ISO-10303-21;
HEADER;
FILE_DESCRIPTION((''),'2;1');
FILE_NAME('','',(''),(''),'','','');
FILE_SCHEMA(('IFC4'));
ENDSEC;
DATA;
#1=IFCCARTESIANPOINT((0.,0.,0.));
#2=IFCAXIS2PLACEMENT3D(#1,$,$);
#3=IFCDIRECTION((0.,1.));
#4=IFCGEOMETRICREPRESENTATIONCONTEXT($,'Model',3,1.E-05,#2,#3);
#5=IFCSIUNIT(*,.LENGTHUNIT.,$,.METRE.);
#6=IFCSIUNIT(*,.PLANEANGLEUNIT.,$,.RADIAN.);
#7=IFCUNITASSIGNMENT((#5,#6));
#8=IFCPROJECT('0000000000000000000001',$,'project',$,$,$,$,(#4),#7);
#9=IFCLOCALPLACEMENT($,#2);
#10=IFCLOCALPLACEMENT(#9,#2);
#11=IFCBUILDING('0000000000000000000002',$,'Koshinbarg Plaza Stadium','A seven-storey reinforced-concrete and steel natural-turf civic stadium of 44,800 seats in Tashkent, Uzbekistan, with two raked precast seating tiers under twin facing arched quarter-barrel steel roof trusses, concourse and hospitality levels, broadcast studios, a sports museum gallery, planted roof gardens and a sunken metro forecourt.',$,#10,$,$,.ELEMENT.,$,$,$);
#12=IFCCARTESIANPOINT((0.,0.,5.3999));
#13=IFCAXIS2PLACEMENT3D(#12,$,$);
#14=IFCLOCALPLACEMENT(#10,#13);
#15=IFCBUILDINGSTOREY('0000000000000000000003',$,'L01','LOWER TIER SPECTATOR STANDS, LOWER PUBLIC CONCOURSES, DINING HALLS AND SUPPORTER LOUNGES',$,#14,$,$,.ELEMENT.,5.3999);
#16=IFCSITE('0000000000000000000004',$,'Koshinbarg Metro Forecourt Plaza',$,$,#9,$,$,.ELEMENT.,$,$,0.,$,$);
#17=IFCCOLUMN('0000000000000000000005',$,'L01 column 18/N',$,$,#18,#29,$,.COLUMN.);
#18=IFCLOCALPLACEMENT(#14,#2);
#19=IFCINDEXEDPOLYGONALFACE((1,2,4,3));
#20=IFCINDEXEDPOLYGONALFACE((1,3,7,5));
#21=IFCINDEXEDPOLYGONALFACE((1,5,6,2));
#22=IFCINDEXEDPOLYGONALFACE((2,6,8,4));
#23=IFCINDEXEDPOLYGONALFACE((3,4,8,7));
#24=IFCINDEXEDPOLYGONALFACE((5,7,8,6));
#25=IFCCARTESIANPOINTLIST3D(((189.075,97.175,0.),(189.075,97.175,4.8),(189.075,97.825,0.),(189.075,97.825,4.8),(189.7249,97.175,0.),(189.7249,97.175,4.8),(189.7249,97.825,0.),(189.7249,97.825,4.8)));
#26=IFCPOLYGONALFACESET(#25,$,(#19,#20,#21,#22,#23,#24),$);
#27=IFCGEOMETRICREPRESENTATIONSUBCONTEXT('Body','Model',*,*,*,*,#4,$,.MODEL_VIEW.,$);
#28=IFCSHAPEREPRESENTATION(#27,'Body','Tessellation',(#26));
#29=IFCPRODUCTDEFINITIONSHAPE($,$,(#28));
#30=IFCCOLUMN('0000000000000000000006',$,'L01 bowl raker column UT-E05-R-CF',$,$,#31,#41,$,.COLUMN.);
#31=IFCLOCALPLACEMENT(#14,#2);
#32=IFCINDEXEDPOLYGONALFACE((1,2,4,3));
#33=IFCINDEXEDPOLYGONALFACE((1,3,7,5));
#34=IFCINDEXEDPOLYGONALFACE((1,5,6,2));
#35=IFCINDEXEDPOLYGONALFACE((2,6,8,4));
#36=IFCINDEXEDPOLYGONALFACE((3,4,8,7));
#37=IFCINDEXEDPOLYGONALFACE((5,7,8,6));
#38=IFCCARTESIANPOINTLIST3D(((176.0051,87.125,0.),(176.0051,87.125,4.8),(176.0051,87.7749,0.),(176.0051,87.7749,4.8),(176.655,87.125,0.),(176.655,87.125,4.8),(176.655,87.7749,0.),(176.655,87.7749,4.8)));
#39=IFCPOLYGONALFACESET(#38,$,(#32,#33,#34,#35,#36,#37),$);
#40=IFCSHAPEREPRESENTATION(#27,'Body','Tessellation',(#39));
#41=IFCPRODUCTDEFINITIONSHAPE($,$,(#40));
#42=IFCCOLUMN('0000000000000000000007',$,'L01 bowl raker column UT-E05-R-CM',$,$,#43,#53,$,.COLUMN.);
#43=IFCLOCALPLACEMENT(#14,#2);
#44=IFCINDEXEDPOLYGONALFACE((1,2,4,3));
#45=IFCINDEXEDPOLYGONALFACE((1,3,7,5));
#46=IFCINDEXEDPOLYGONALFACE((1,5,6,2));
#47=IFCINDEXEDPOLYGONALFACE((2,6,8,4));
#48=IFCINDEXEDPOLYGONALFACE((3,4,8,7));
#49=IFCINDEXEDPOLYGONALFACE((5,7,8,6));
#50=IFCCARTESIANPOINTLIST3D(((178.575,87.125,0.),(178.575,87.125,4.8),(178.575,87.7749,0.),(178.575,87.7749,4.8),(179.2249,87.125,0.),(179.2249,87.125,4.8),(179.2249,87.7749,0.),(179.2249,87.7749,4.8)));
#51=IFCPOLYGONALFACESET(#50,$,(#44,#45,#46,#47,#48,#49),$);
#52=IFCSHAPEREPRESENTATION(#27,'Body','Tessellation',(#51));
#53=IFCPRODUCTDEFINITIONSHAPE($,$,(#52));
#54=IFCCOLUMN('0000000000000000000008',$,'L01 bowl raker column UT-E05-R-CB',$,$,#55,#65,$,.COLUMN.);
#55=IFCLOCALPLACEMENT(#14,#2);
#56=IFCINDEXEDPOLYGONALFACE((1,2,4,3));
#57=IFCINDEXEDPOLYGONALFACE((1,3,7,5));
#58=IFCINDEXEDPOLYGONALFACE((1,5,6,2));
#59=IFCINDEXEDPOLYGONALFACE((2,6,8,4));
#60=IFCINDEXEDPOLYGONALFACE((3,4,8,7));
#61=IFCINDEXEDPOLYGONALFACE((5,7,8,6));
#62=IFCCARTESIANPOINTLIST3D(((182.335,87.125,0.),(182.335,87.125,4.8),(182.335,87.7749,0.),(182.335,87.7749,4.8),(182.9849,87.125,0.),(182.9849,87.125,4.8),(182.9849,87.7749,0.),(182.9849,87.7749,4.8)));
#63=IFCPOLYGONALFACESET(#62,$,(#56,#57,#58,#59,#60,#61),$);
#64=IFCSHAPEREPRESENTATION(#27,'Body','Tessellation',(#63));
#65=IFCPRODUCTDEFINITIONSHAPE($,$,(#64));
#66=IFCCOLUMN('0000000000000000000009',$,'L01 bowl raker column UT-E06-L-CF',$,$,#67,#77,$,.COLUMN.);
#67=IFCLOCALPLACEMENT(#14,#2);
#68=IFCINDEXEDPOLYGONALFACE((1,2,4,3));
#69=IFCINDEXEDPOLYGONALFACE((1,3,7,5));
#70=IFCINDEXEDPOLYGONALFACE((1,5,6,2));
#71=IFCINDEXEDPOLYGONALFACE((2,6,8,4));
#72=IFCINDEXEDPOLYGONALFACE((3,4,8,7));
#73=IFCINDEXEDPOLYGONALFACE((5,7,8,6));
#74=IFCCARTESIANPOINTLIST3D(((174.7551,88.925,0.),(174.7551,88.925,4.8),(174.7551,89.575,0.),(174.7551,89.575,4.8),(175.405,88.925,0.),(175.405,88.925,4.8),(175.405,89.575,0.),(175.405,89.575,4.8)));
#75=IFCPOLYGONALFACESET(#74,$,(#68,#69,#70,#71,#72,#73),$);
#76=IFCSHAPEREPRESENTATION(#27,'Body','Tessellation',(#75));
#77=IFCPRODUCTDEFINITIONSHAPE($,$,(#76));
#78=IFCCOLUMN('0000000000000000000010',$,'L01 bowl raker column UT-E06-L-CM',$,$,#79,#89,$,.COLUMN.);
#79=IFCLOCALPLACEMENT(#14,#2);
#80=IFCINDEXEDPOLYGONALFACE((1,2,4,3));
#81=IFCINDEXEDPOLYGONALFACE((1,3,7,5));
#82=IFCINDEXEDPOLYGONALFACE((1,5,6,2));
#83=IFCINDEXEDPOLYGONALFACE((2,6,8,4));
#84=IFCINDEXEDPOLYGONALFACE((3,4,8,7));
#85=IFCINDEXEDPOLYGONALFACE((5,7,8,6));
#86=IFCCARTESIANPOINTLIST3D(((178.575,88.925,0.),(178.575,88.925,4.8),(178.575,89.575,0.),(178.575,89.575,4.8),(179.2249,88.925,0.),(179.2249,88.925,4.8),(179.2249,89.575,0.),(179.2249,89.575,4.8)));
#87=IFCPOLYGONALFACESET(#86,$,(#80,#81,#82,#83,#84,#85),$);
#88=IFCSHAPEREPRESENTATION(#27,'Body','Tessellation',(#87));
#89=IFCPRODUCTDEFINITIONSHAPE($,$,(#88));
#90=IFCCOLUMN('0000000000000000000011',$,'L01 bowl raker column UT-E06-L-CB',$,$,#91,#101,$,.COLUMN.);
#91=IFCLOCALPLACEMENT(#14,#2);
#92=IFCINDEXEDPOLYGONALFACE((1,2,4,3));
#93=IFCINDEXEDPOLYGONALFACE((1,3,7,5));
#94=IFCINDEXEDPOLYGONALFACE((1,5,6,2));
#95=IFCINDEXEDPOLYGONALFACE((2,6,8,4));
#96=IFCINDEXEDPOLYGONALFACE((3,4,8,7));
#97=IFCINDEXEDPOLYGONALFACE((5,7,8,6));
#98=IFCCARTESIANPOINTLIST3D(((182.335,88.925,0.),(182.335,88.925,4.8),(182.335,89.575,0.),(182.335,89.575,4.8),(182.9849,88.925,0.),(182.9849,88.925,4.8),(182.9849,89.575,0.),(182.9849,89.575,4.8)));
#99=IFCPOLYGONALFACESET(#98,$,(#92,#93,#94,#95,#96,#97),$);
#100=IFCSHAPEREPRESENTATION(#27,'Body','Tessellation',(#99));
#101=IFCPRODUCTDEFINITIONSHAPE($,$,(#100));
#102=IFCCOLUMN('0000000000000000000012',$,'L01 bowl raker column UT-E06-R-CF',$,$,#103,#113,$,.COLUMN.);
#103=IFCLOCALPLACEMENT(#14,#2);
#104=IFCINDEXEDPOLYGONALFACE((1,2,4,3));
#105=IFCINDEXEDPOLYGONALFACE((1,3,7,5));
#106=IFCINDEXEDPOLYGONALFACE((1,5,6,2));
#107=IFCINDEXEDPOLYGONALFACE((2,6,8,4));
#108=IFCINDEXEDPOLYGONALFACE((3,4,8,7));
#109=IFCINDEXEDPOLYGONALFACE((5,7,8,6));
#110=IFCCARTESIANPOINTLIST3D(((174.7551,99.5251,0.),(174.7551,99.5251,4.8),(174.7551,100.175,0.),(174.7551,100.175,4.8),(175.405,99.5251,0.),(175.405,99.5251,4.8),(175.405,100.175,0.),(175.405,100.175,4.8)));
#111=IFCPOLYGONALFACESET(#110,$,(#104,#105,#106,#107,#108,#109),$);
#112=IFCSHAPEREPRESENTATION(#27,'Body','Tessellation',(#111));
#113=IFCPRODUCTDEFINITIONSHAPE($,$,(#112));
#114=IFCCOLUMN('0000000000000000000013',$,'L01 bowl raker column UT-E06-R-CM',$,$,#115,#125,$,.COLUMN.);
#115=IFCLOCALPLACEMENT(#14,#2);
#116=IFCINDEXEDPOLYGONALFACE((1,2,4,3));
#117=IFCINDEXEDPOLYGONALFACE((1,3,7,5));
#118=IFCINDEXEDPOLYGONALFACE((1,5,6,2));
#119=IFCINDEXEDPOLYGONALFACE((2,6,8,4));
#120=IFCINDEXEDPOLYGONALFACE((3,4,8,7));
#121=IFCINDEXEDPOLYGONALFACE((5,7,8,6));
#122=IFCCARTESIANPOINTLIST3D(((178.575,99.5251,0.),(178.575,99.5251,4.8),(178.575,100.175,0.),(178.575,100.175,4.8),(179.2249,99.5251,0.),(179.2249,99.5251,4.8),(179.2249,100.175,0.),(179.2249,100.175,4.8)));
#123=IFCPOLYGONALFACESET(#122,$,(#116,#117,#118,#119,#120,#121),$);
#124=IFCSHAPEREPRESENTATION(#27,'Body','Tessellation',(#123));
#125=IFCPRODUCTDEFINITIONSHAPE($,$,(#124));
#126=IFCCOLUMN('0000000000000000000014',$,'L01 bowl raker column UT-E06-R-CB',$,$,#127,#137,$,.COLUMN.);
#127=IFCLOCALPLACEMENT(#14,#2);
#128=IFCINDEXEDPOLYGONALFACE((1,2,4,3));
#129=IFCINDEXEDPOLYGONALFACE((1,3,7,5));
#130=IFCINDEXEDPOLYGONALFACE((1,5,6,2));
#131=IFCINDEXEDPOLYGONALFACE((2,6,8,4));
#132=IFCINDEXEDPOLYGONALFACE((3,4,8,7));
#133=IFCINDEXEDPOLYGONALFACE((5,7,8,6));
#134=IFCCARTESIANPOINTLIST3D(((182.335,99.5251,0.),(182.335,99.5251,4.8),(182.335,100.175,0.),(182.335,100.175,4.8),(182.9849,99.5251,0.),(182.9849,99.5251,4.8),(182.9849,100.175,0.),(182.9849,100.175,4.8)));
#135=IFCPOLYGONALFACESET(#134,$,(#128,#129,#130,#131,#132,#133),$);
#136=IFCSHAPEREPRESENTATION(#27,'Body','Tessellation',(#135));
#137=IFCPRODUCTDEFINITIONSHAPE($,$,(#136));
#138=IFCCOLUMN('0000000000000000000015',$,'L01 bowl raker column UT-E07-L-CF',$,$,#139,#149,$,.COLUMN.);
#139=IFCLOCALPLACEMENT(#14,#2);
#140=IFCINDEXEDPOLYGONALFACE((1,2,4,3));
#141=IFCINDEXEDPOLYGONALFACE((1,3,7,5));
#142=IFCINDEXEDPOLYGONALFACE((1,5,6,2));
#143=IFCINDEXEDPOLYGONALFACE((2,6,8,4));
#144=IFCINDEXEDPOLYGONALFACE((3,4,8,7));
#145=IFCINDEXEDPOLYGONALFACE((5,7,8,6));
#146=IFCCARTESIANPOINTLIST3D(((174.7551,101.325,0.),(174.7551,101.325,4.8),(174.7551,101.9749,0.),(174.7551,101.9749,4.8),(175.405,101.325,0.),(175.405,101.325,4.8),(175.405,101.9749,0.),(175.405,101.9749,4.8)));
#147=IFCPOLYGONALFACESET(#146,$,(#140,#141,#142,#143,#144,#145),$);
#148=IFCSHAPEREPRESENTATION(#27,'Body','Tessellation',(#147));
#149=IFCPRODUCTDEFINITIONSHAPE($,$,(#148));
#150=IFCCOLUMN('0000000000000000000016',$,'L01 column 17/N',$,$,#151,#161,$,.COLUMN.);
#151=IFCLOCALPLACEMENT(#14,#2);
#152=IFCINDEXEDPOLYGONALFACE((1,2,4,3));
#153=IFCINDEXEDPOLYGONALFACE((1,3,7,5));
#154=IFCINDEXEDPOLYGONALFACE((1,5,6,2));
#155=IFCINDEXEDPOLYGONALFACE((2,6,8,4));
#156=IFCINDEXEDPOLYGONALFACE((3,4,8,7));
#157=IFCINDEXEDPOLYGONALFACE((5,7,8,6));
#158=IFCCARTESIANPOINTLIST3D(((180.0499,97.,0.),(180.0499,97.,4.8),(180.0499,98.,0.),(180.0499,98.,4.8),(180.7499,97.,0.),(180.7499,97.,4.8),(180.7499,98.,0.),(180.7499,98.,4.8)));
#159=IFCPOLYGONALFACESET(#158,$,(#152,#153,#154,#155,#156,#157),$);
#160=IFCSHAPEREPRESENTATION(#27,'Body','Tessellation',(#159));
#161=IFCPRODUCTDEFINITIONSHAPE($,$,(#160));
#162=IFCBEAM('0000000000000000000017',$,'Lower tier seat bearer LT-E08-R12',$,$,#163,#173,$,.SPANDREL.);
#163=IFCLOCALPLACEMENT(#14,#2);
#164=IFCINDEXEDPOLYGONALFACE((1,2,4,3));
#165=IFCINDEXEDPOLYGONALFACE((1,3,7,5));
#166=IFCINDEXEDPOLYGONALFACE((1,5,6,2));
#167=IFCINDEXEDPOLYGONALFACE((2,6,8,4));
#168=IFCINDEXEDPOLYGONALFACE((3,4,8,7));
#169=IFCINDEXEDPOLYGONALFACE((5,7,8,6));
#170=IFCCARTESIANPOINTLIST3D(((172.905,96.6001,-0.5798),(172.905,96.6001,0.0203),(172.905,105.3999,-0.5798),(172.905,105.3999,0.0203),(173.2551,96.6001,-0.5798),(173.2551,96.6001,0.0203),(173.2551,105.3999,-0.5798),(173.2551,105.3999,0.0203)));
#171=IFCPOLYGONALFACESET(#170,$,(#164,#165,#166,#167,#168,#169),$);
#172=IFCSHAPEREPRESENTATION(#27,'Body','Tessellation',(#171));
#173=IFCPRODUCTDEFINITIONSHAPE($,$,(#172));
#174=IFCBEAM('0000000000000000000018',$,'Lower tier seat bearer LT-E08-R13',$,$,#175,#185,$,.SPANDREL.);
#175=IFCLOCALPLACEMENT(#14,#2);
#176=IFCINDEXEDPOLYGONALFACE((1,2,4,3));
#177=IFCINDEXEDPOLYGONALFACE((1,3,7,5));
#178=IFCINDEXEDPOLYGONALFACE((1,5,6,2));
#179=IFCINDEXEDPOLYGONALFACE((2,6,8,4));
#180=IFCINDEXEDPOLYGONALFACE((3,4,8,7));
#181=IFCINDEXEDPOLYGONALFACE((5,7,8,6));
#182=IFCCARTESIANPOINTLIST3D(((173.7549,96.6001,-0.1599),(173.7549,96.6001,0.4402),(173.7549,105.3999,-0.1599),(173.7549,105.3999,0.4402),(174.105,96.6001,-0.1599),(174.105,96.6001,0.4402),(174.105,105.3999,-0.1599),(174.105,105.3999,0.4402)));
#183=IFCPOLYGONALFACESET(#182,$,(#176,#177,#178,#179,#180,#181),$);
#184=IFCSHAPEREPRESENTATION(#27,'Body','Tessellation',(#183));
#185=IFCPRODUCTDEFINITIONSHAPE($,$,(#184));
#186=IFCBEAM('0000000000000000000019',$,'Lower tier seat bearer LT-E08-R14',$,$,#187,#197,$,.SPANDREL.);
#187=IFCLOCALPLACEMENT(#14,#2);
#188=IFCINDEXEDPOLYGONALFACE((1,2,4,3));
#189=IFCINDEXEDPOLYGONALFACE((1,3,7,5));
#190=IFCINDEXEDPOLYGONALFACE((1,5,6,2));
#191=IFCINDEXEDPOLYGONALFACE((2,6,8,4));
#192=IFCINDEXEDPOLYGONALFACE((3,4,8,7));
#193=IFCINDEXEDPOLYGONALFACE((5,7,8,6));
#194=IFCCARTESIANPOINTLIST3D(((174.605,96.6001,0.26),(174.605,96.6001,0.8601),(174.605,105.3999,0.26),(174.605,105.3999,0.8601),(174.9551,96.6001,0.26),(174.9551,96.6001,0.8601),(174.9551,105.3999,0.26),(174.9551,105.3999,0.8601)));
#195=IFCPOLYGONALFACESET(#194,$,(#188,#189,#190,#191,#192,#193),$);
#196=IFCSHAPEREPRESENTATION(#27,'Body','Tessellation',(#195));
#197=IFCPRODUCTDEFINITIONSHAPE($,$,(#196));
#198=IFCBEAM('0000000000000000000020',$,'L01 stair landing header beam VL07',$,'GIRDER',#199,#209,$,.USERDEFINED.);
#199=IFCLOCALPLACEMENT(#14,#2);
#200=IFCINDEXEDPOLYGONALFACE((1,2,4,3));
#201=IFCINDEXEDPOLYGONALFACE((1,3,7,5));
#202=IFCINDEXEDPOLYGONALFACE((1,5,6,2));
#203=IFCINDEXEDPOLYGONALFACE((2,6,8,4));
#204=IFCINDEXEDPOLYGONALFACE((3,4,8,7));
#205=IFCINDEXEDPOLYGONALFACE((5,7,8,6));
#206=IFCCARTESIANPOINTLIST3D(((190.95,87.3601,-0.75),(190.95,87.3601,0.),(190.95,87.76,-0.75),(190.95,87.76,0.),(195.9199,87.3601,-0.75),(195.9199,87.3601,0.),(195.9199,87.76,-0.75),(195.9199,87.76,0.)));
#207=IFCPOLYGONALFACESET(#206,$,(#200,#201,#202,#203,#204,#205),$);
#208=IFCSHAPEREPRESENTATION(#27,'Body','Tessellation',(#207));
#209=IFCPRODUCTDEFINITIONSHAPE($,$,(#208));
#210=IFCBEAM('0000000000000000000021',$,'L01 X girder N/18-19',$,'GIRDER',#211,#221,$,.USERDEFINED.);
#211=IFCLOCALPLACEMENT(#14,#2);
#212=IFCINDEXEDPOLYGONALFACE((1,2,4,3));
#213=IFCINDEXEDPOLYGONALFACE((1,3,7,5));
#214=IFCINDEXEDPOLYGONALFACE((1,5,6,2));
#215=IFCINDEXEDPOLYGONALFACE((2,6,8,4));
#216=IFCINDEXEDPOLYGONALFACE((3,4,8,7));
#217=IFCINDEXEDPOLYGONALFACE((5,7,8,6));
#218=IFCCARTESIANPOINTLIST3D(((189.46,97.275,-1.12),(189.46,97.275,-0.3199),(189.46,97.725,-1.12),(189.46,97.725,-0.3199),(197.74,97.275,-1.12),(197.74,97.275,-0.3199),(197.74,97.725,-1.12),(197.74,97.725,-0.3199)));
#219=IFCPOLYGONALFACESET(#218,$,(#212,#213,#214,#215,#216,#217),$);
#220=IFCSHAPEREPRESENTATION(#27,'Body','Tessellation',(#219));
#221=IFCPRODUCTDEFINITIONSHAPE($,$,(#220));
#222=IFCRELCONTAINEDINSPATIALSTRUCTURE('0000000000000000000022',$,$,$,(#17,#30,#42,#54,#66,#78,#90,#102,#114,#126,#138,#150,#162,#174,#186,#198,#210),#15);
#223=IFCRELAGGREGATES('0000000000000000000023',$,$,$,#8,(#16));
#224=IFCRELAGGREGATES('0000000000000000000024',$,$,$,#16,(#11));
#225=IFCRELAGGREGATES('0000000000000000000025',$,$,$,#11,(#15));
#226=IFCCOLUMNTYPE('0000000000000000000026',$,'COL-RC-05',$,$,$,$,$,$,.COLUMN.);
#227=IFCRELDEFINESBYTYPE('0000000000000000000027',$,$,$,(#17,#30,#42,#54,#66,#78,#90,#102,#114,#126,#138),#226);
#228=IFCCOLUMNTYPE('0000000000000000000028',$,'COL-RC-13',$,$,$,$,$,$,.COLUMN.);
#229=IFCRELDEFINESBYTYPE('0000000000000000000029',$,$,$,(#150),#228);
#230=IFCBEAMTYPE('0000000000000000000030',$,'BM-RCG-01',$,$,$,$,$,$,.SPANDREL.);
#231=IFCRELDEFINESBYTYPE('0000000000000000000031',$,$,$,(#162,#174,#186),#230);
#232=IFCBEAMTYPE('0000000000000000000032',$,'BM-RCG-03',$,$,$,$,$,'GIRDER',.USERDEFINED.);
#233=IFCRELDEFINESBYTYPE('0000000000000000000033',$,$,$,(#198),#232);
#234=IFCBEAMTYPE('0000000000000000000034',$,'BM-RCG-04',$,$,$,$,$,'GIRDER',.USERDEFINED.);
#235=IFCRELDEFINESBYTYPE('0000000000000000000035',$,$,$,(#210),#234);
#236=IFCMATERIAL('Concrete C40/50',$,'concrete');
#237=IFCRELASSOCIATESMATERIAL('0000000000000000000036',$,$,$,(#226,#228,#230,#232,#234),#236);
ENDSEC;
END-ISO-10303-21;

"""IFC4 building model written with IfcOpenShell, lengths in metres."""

from ifc_helpers import new_model, si_unit, direction, frame, origin, origin_2d, place, context, subcontext, project, spatial, rectangle, extrude, material, material_profile, profile_set, type_object, element, save


model = new_model("IFC4")

# Units and contexts
model_context = context("Model", 3, precision=1e-05, world=origin(), true_north=direction((0.0, 1.0)))
body_context = subcontext(model_context, "Body", "Model", "MODEL_VIEW")
ifc_project = project(units=[si_unit("LENGTHUNIT", "METRE"), si_unit("PLANEANGLEUNIT", "RADIAN")], contexts=[model_context])

# Site, building, storey
site_placement = place(None, origin())
site = spatial("IfcSite", under=ifc_project, at=site_placement, Name="Koshinbarg Metro Forecourt Plaza", CompositionType="ELEMENT", RefElevation=0.0)
building_placement = place(site_placement, origin())
building = spatial("IfcBuilding", under=site, at=building_placement, Name="Koshinbarg Plaza Stadium", Description="A seven-storey reinforced-concrete and steel natural-turf civic stadium of 44,800 seats in Tashkent, Uzbekistan, with two raked precast seating tiers under twin facing arched quarter-barrel steel roof trusses, concourse and hospitality levels, broadcast studios, a sports museum gallery, planted roof gardens and a sunken metro forecourt.", CompositionType="ELEMENT")
storey_placement = place(building_placement, frame((0.0, 0.0, 5.3999)))
storey = spatial("IfcBuildingStorey", under=building, at=storey_placement, Name="L01", Description="LOWER TIER SPECTATOR STANDS, LOWER PUBLIC CONCOURSES, DINING HALLS AND SUPPORTER LOUNGES", CompositionType="ELEMENT", Elevation=5.3999)

# Columns
ifc_material_1 = material(Name="Concrete C40/50", Category="concrete")
ifc_material_profile_1 = material_profile(ifc_material_1, rectangle(XDim=0.6499, YDim=0.6499, at=origin_2d()), Name="RC 650x650")
ifc_profile_set_1 = profile_set([ifc_material_profile_1], Name="Concrete C40/50")
column_type_1 = type_object("IfcColumnType", Name="COL-RC-05", PredefinedType="COLUMN", material=ifc_profile_set_1)
for number, where, z_axis, x_axis, name in (
    (1, (189.3999, 97.5, 0.0), (0.0, 0.0, 1.0), (1.0, 0.0, 0.0), "L01 column 18/N"),
    (2, (176.3301, 87.45, 0.0), (0.0, 0.0, 1.0), (1.0, 0.0, 0.0), "L01 bowl raker column UT-E05-R-CF"),
    (3, (178.8999, 87.45, 0.0), (0.0, 0.0, 1.0), (1.0, 0.0, 0.0), "L01 bowl raker column UT-E05-R-CM"),
    (4, (182.6599, 87.45, 0.0), (0.0, 0.0, 1.0), (1.0, 0.0, 0.0), "L01 bowl raker column UT-E05-R-CB"),
    (5, (175.0801, 89.25, 0.0), (0.0, 0.0, 1.0), (1.0, 0.0, 0.0), "L01 bowl raker column UT-E06-L-CF"),
    (6, (178.8999, 89.25, 0.0), (0.0, 0.0, 1.0), (1.0, 0.0, 0.0), "L01 bowl raker column UT-E06-L-CM"),
    (7, (182.6599, 89.25, 0.0), (0.0, 0.0, 1.0), (1.0, 0.0, 0.0), "L01 bowl raker column UT-E06-L-CB"),
    (8, (175.0801, 99.8501, 0.0), (0.0, 0.0, 1.0), (1.0, 0.0, 0.0), "L01 bowl raker column UT-E06-R-CF"),
    (9, (178.8999, 99.8501, 0.0), (0.0, 0.0, 1.0), (1.0, 0.0, 0.0), "L01 bowl raker column UT-E06-R-CM"),
    (10, (182.6599, 99.8501, 0.0), (0.0, 0.0, 1.0), (1.0, 0.0, 0.0), "L01 bowl raker column UT-E06-R-CB"),
    (11, (175.0801, 101.6499, 0.0), (0.0, 0.0, 1.0), (1.0, 0.0, 0.0), "L01 bowl raker column UT-E07-L-CF"),
):
    element("IfcColumn", number, at=place(storey_placement, frame(where, z_axis=z_axis, x_axis=x_axis)), inside=storey, type_object=column_type_1, Name=name, PredefinedType="COLUMN", context=body_context, shape_type="SweptSolid", body=[
        extrude(rectangle(XDim=0.6499, YDim=0.6499, at=origin_2d()), origin(), (0.0, 0.0, 1.0), 4.8),
    ])
ifc_material_profile_2 = material_profile(ifc_material_1, rectangle(XDim=0.7, YDim=1.0, at=origin_2d()), Name="RC 700x1000")
ifc_profile_set_2 = profile_set([ifc_material_profile_2], Name="Concrete C40/50")
column_type_2 = type_object("IfcColumnType", Name="COL-RC-13", PredefinedType="COLUMN", material=ifc_profile_set_2)
column_placement = place(storey_placement, frame((180.3999, 97.5, 0.0), z_axis=(0.0, 0.0, 1.0), x_axis=(1.0, 0.0, 0.0)))
element("IfcColumn", 12, at=column_placement, inside=storey, type_object=column_type_2, Name="L01 column 17/N", PredefinedType="COLUMN", context=body_context, shape_type="SweptSolid", body=[
    extrude(rectangle(XDim=0.7, YDim=1.0, at=origin_2d()), origin(), (0.0, 0.0, 1.0), 4.8),
])

# Beams
ifc_material_profile_3 = material_profile(ifc_material_1, rectangle(XDim=0.3501, YDim=0.6001, at=origin_2d()), Name="RC 350x600")
ifc_profile_set_3 = profile_set([ifc_material_profile_3], Name="Concrete C40/50")
beam_type_1 = type_object("IfcBeamType", Name="BM-RCG-01", PredefinedType="SPANDREL", material=ifc_profile_set_3)
for number, where, z_axis, x_axis, name in (
    (13, (173.0801, 96.6001, -0.2798), (0.0, 1.0, 0.0), (-1.0, 0.0, 0.0), "Lower tier seat bearer LT-E08-R12"),
    (14, (173.9299, 96.6001, 0.1401), (0.0, 1.0, 0.0), (-1.0, 0.0, 0.0), "Lower tier seat bearer LT-E08-R13"),
    (15, (174.78, 96.6001, 0.5601), (0.0, 1.0, 0.0), (-1.0, 0.0, 0.0), "Lower tier seat bearer LT-E08-R14"),
):
    element("IfcBeam", number, at=place(storey_placement, frame(where, z_axis=z_axis, x_axis=x_axis)), inside=storey, type_object=beam_type_1, Name=name, PredefinedType="SPANDREL", context=body_context, shape_type="SweptSolid", body=[
        extrude(rectangle(XDim=0.3501, YDim=0.6001, at=origin_2d()), origin(), (0.0, 0.0, 1.0), 8.7998),
    ])
ifc_material_profile_4 = material_profile(ifc_material_1, rectangle(XDim=0.3999, YDim=0.75, at=origin_2d()), Name="RC 400x750")
ifc_profile_set_4 = profile_set([ifc_material_profile_4], Name="Concrete C40/50")
beam_type_2 = type_object("IfcBeamType", Name="BM-RCG-03", ElementType="GIRDER", PredefinedType="USERDEFINED", material=ifc_profile_set_4)
beam_1_placement = place(storey_placement, frame((190.95, 87.5601, -0.375), z_axis=(1.0, 0.0, 0.0), x_axis=(0.0, 1.0, 0.0)))
element("IfcBeam", 16, at=beam_1_placement, inside=storey, type_object=beam_type_2, Name="L01 stair landing header beam VL07", ObjectType="GIRDER", PredefinedType="USERDEFINED", context=body_context, shape_type="SweptSolid", body=[
    extrude(rectangle(XDim=0.3999, YDim=0.75, at=origin_2d()), origin(), (0.0, 0.0, 1.0), 4.97),
])
ifc_material_profile_5 = material_profile(ifc_material_1, rectangle(XDim=0.45, YDim=0.8, at=origin_2d()), Name="RC 450x800")
ifc_profile_set_5 = profile_set([ifc_material_profile_5], Name="Concrete C40/50")
beam_type_3 = type_object("IfcBeamType", Name="BM-RCG-04", ElementType="GIRDER", PredefinedType="USERDEFINED", material=ifc_profile_set_5)
beam_2_placement = place(storey_placement, frame((189.46, 97.5, -0.72), z_axis=(1.0, 0.0, 0.0), x_axis=(0.0, 1.0, 0.0)))
element("IfcBeam", 17, at=beam_2_placement, inside=storey, type_object=beam_type_3, Name="L01 X girder N/18-19", ObjectType="GIRDER", PredefinedType="USERDEFINED", context=body_context, shape_type="SweptSolid", body=[
    extrude(rectangle(XDim=0.45, YDim=0.8, at=origin_2d()), origin(), (0.0, 0.0, 1.0), 8.28),
])

save(model, "model.ifc")
